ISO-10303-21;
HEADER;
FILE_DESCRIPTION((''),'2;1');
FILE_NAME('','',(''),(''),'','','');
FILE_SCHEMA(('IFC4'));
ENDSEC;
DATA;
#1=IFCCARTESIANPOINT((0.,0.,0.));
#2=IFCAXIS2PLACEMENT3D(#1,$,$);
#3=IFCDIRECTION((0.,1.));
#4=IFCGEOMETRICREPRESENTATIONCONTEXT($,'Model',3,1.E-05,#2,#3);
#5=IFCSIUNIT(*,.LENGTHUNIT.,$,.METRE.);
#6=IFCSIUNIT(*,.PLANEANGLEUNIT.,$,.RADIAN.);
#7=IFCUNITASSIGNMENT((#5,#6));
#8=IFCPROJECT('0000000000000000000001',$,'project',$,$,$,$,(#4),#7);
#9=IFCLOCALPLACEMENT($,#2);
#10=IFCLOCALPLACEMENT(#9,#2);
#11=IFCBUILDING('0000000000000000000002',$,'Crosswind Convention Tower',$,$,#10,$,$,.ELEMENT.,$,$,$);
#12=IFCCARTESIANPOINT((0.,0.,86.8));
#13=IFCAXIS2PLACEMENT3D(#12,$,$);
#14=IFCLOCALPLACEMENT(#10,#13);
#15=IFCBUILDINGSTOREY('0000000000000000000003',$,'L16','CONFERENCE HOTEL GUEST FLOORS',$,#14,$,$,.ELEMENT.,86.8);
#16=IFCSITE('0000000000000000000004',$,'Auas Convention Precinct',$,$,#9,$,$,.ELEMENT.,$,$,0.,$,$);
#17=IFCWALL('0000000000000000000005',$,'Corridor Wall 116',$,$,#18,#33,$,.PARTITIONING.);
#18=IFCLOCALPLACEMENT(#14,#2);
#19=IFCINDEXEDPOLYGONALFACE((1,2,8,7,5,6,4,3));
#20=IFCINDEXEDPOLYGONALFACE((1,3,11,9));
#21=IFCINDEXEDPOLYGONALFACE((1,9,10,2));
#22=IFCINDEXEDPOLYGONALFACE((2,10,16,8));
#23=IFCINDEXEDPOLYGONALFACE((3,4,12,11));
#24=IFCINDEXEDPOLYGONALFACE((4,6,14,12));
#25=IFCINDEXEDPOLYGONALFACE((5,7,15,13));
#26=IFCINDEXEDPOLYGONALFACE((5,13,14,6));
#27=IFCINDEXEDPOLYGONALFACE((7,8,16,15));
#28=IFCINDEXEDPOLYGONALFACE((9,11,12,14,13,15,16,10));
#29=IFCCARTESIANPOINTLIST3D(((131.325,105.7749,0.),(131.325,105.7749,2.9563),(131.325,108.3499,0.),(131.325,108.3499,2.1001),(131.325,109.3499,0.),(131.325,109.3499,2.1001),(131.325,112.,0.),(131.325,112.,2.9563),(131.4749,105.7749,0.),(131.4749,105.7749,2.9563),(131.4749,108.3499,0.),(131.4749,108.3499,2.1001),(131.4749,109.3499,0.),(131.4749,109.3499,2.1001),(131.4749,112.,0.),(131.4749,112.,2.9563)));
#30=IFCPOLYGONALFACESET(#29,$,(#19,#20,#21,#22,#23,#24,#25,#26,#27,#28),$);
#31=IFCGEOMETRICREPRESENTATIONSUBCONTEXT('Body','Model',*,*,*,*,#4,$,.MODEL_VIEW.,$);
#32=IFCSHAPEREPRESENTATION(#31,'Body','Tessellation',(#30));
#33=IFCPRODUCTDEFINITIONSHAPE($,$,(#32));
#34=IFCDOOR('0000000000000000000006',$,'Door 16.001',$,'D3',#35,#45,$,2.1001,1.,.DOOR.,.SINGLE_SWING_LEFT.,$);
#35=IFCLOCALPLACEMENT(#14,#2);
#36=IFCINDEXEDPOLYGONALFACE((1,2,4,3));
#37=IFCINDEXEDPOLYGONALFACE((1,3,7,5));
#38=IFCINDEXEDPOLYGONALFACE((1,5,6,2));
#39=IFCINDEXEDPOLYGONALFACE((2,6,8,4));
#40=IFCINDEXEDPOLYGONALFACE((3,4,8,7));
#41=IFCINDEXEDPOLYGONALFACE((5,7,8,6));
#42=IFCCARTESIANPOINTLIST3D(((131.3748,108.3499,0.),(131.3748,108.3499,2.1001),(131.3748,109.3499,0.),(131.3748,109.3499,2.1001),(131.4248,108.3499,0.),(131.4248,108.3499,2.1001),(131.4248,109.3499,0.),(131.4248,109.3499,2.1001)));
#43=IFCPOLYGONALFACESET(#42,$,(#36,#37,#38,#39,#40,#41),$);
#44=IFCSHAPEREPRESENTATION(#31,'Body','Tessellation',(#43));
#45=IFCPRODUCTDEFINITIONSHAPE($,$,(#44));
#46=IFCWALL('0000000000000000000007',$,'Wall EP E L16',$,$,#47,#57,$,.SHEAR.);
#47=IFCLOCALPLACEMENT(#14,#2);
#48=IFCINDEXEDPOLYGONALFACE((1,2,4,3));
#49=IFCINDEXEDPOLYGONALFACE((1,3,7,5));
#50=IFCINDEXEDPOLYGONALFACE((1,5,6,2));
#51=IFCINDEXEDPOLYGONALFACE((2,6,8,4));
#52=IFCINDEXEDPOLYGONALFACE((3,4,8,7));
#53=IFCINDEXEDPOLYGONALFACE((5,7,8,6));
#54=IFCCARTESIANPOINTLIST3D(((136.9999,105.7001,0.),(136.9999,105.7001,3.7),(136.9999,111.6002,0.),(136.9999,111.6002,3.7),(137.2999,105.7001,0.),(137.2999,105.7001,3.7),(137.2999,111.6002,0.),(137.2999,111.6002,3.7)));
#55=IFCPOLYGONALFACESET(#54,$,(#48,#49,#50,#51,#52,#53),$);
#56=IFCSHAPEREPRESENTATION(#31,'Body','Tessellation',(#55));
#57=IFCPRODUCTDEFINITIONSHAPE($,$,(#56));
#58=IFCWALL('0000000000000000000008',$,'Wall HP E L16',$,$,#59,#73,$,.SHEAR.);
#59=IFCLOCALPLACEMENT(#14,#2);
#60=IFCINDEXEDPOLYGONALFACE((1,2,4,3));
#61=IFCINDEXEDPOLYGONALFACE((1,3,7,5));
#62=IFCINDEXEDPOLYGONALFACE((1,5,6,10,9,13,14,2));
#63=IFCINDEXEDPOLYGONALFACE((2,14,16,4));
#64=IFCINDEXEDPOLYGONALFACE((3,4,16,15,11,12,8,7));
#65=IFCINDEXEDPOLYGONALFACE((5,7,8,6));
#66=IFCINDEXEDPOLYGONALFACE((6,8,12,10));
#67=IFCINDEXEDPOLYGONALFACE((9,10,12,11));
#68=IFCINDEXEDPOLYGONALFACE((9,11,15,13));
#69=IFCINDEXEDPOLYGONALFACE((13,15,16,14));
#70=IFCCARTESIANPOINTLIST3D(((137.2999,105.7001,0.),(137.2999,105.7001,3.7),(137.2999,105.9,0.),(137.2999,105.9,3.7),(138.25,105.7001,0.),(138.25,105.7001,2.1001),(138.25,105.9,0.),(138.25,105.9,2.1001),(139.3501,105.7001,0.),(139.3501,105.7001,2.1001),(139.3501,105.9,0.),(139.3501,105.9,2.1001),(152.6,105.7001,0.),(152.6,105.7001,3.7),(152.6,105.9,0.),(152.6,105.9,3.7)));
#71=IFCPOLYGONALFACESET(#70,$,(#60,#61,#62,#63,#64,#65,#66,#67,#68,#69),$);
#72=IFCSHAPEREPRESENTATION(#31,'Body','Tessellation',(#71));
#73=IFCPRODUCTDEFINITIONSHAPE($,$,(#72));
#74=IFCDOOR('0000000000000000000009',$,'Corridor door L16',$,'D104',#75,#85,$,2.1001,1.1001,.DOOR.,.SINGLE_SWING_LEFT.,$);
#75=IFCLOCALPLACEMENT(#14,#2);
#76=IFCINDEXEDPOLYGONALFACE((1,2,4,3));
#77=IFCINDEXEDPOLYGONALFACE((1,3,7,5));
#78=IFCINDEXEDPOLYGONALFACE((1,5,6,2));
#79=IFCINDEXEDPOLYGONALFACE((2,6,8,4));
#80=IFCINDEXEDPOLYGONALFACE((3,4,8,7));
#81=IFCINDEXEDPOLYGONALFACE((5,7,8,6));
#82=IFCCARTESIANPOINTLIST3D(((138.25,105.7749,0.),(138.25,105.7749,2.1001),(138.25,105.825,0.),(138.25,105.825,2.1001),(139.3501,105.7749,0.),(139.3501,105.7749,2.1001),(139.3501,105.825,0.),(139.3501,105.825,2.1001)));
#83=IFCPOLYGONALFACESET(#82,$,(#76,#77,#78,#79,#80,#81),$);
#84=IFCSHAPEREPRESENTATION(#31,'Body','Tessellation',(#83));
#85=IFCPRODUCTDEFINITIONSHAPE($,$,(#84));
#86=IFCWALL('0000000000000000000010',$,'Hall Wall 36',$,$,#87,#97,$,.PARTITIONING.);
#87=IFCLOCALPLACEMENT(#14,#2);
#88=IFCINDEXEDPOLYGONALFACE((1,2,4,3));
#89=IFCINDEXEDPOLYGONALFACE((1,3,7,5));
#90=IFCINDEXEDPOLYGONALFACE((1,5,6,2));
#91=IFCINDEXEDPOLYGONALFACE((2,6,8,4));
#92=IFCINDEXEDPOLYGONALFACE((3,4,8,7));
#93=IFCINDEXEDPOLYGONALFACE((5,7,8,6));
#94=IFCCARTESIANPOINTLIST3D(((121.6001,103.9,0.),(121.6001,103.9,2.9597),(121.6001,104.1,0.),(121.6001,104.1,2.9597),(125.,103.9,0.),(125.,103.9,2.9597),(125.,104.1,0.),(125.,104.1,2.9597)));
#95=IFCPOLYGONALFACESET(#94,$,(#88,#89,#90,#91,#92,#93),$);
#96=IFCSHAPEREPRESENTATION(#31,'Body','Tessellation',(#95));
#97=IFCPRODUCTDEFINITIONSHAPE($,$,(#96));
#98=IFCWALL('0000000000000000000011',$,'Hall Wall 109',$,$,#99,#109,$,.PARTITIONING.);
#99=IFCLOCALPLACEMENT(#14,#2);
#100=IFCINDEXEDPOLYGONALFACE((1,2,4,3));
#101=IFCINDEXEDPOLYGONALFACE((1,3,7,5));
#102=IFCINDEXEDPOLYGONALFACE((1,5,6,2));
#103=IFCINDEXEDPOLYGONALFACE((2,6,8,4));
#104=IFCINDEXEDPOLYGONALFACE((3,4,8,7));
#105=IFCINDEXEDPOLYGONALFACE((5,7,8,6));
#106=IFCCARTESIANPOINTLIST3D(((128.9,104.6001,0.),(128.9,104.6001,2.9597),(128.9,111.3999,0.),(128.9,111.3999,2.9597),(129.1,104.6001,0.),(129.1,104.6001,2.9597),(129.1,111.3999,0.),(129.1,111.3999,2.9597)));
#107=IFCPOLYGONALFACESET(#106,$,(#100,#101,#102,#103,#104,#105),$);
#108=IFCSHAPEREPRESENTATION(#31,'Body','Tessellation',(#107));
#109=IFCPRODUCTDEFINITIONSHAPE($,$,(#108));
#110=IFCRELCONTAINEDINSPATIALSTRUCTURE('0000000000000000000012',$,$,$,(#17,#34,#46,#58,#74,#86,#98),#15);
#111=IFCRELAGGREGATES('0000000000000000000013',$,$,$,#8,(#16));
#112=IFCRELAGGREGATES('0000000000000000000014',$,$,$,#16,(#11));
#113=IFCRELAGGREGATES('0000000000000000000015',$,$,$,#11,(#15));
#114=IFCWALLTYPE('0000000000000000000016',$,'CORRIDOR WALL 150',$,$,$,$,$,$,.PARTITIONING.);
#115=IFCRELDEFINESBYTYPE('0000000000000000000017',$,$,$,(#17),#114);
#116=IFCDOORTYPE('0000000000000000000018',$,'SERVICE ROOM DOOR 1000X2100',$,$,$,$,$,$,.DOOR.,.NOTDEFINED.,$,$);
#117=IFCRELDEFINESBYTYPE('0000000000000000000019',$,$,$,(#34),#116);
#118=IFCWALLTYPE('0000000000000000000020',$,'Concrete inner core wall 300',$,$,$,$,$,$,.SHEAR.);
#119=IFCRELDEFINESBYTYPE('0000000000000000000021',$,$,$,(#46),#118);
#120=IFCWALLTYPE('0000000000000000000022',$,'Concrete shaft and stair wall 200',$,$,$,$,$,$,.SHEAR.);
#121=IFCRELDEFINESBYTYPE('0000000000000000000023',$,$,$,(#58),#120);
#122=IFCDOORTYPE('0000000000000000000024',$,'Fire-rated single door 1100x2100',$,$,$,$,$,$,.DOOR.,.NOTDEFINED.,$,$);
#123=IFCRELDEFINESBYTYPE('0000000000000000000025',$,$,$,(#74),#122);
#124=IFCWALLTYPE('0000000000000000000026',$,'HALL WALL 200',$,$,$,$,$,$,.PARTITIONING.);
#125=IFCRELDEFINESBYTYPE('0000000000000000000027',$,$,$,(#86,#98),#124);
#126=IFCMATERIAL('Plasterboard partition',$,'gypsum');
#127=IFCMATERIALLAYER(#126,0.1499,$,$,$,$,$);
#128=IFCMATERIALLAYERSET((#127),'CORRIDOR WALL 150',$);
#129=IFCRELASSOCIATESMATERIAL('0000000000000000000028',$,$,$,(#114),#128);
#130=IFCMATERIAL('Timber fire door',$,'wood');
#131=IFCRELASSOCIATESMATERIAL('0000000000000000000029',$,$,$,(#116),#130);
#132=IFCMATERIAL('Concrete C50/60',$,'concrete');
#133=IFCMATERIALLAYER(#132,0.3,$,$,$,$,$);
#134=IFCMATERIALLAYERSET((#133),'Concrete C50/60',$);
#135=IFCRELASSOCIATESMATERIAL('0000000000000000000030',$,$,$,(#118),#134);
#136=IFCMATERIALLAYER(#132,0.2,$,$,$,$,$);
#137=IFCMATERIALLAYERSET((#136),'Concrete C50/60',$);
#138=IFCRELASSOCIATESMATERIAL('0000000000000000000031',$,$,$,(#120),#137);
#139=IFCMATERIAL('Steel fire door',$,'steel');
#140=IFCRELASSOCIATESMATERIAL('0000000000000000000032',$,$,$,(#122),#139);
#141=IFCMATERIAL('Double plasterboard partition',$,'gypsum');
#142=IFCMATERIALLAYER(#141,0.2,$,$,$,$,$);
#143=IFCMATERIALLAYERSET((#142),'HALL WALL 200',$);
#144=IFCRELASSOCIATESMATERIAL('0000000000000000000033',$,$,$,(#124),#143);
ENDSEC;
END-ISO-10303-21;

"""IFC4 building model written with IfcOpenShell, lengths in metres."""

from ifc_helpers import new_model, si_unit, direction, frame, frame_2d, origin, place, context, subcontext, project, spatial, rectangle, extrude, material, layer, layer_set, type_object, element, fill, save


model = new_model("IFC4")

# Units and contexts
model_context = context("Model", 3, precision=1e-05, world=origin(), true_north=direction((0.0, 1.0)))
body_context = subcontext(model_context, "Body", "Model", "MODEL_VIEW")
ifc_project = project(units=[si_unit("LENGTHUNIT", "METRE"), si_unit("PLANEANGLEUNIT", "RADIAN")], contexts=[model_context])

# Site, building, storey
site_placement = place(None, origin())
site = spatial("IfcSite", under=ifc_project, at=site_placement, Name="Auas Convention Precinct", CompositionType="ELEMENT", RefElevation=0.0)
building_placement = place(site_placement, origin())
building = spatial("IfcBuilding", under=site, at=building_placement, Name="Crosswind Convention Tower", CompositionType="ELEMENT")
storey_placement = place(building_placement, frame((0.0, 0.0, 86.8)))
storey = spatial("IfcBuildingStorey", under=building, at=storey_placement, Name="L16", Description="CONFERENCE HOTEL GUEST FLOORS", CompositionType="ELEMENT", Elevation=86.8)

# Shared definitions
ifc_material_1 = material(Name="Steel fire door", Category="steel")

# Shared definitions
ifc_material_2 = material(Name="Plasterboard partition", Category="gypsum")
ifc_layer_1 = layer(ifc_material_2, 0.1499)
ifc_layer_set_1 = layer_set([ifc_layer_1], Name="CORRIDOR WALL 150")
wall_type_1 = type_object("IfcWallType", Name="CORRIDOR WALL 150", PredefinedType="PARTITIONING", material=ifc_layer_set_1)

# Wall, opening, door
wall_1_placement = place(storey_placement, frame((131.3999, 105.7749, 0.0), z_axis=(0.0, 0.0, 1.0), x_axis=(0.0, 1.0, 0.0)))
wall_1 = element("IfcWall", 1, at=wall_1_placement, inside=storey, type_object=wall_type_1, Name="Corridor Wall 116", PredefinedType="PARTITIONING", context=body_context, shape_type="SweptSolid", body=[
    extrude(rectangle(XDim=6.2251, YDim=0.1499, at=frame_2d((3.1125, 0.0))), origin(), (0.0, 0.0, 1.0), 2.9563),
])
opening_1_placement = place(wall_1_placement, frame((2.575, 0.0, 0.0)))
opening_1 = element("IfcOpeningElement", 2, at=opening_1_placement, cuts=wall_1, PredefinedType="OPENING", context=body_context, shape_type="SweptSolid", body=[
    extrude(rectangle(XDim=1.0, YDim=2.1001, at=frame_2d((0.5, 1.05))), frame((0.0, 0.085, 0.0), z_axis=(0.0, -1.0, 0.0), x_axis=(1.0, 0.0, 0.0)), (0.0, 0.0, 1.0), 0.1699),
])
ifc_material_3 = material(Name="Timber fire door", Category="wood")
door_type_1 = type_object("IfcDoorType", Name="SERVICE ROOM DOOR 1000X2100", OperationType="NOTDEFINED", PredefinedType="DOOR", material=ifc_material_3)
door_1_placement = place(opening_1_placement, frame((1.0, 0.0, 0.0), z_axis=(0.0, 0.0, 1.0), x_axis=(-1.0, 0.0, 0.0)))
door_1 = element("IfcDoor", 3, at=door_1_placement, inside=storey, type_object=door_type_1, Name="Door 16.001", ObjectType="D3", OperationType="SINGLE_SWING_LEFT", OverallHeight=2.1001, OverallWidth=1.0, PredefinedType="DOOR", context=body_context, shape_type="SweptSolid", body=[
    extrude(rectangle(XDim=1.0, YDim=2.1001, at=frame_2d((0.5, 1.05))), frame((0.0, 0.0249, 0.0), z_axis=(0.0, -1.0, 0.0), x_axis=(1.0, 0.0, 0.0)), (0.0, 0.0, 1.0), 0.05),
])
fill(opening_1, door_1)

# Wall
ifc_material_4 = material(Name="Concrete C50/60", Category="concrete")
ifc_layer_2 = layer(ifc_material_4, 0.3)
ifc_layer_set_2 = layer_set([ifc_layer_2], Name="Concrete C50/60")
wall_type_2 = type_object("IfcWallType", Name="Concrete inner core wall 300", PredefinedType="SHEAR", material=ifc_layer_set_2)
wall_2_placement = place(storey_placement, frame((137.1499, 105.7, 0.0), z_axis=(0.0, 0.0, 1.0), x_axis=(0.0, 1.0, 0.0)))
element("IfcWall", 4, at=wall_2_placement, inside=storey, type_object=wall_type_2, Name="Wall EP E L16", PredefinedType="SHEAR", context=body_context, shape_type="SweptSolid", body=[
    extrude(rectangle(XDim=5.9001, YDim=0.3, at=frame_2d((2.9502, 0.0))), origin(), (0.0, 0.0, 1.0), 3.7),
])

# Wall, opening, door
ifc_layer_3 = layer(ifc_material_4, 0.2)
ifc_layer_set_3 = layer_set([ifc_layer_3], Name="Concrete C50/60")
wall_type_3 = type_object("IfcWallType", Name="Concrete shaft and stair wall 200", PredefinedType="SHEAR", material=ifc_layer_set_3)
wall_3_placement = place(storey_placement, frame((137.3, 105.8, 0.0), z_axis=(0.0, 0.0, 1.0), x_axis=(1.0, 0.0, 0.0)))
wall_3 = element("IfcWall", 5, at=wall_3_placement, inside=storey, type_object=wall_type_3, Name="Wall HP E L16", PredefinedType="SHEAR", context=body_context, shape_type="SweptSolid", body=[
    extrude(rectangle(XDim=15.3, YDim=0.2, at=frame_2d((7.6499, 0.0))), origin(), (0.0, 0.0, 1.0), 3.7),
])
opening_2_placement = place(wall_3_placement, frame((0.95, 0.0, 0.0)))
opening_2 = element("IfcOpeningElement", 6, at=opening_2_placement, cuts=wall_3, PredefinedType="OPENING", context=body_context, shape_type="SweptSolid", body=[
    extrude(rectangle(XDim=1.1001, YDim=2.1001, at=frame_2d((0.55, 1.05))), frame((0.0, 0.1099, 0.0), z_axis=(0.0, -1.0, 0.0), x_axis=(1.0, 0.0, 0.0)), (0.0, 0.0, 1.0), 0.22),
])
door_type_2 = type_object("IfcDoorType", Name="Fire-rated single door 1100x2100", OperationType="NOTDEFINED", PredefinedType="DOOR", material=ifc_material_1)
door_2_placement = place(opening_2_placement, origin())
door_2 = element("IfcDoor", 7, at=door_2_placement, inside=storey, type_object=door_type_2, Name="Corridor door L16", ObjectType="D104", OperationType="SINGLE_SWING_LEFT", OverallHeight=2.1001, OverallWidth=1.1001, PredefinedType="DOOR", context=body_context, shape_type="SweptSolid", body=[
    extrude(rectangle(XDim=1.1001, YDim=2.1001, at=frame_2d((0.55, 1.05))), frame((0.0, 0.0249, 0.0), z_axis=(0.0, -1.0, 0.0), x_axis=(1.0, 0.0, 0.0)), (0.0, 0.0, 1.0), 0.05),
])
fill(opening_2, door_2)

# Walls
ifc_material_5 = material(Name="Double plasterboard partition", Category="gypsum")
ifc_layer_4 = layer(ifc_material_5, 0.2)
ifc_layer_set_4 = layer_set([ifc_layer_4], Name="HALL WALL 200")
wall_type_4 = type_object("IfcWallType", Name="HALL WALL 200", PredefinedType="PARTITIONING", material=ifc_layer_set_4)
wall_4_placement = place(storey_placement, frame((121.6001, 104.0, 0.0), z_axis=(0.0, 0.0, 1.0), x_axis=(1.0, 0.0, 0.0)))
element("IfcWall", 8, at=wall_4_placement, inside=storey, type_object=wall_type_4, Name="Hall Wall 36", PredefinedType="PARTITIONING", context=body_context, shape_type="SweptSolid", body=[
    extrude(rectangle(XDim=3.3999, YDim=0.2, at=frame_2d((1.7, 0.0))), origin(), (0.0, 0.0, 1.0), 2.9597),
])
wall_5_placement = place(storey_placement, frame((129.0, 104.6001, 0.0), z_axis=(0.0, 0.0, 1.0), x_axis=(0.0, 1.0, 0.0)))
element("IfcWall", 9, at=wall_5_placement, inside=storey, type_object=wall_type_4, Name="Hall Wall 109", PredefinedType="PARTITIONING", context=body_context, shape_type="SweptSolid", body=[
    extrude(rectangle(XDim=6.7998, YDim=0.2, at=frame_2d((3.3999, 0.0))), origin(), (0.0, 0.0, 1.0), 2.9597),
])

save(model, "model.ifc")
